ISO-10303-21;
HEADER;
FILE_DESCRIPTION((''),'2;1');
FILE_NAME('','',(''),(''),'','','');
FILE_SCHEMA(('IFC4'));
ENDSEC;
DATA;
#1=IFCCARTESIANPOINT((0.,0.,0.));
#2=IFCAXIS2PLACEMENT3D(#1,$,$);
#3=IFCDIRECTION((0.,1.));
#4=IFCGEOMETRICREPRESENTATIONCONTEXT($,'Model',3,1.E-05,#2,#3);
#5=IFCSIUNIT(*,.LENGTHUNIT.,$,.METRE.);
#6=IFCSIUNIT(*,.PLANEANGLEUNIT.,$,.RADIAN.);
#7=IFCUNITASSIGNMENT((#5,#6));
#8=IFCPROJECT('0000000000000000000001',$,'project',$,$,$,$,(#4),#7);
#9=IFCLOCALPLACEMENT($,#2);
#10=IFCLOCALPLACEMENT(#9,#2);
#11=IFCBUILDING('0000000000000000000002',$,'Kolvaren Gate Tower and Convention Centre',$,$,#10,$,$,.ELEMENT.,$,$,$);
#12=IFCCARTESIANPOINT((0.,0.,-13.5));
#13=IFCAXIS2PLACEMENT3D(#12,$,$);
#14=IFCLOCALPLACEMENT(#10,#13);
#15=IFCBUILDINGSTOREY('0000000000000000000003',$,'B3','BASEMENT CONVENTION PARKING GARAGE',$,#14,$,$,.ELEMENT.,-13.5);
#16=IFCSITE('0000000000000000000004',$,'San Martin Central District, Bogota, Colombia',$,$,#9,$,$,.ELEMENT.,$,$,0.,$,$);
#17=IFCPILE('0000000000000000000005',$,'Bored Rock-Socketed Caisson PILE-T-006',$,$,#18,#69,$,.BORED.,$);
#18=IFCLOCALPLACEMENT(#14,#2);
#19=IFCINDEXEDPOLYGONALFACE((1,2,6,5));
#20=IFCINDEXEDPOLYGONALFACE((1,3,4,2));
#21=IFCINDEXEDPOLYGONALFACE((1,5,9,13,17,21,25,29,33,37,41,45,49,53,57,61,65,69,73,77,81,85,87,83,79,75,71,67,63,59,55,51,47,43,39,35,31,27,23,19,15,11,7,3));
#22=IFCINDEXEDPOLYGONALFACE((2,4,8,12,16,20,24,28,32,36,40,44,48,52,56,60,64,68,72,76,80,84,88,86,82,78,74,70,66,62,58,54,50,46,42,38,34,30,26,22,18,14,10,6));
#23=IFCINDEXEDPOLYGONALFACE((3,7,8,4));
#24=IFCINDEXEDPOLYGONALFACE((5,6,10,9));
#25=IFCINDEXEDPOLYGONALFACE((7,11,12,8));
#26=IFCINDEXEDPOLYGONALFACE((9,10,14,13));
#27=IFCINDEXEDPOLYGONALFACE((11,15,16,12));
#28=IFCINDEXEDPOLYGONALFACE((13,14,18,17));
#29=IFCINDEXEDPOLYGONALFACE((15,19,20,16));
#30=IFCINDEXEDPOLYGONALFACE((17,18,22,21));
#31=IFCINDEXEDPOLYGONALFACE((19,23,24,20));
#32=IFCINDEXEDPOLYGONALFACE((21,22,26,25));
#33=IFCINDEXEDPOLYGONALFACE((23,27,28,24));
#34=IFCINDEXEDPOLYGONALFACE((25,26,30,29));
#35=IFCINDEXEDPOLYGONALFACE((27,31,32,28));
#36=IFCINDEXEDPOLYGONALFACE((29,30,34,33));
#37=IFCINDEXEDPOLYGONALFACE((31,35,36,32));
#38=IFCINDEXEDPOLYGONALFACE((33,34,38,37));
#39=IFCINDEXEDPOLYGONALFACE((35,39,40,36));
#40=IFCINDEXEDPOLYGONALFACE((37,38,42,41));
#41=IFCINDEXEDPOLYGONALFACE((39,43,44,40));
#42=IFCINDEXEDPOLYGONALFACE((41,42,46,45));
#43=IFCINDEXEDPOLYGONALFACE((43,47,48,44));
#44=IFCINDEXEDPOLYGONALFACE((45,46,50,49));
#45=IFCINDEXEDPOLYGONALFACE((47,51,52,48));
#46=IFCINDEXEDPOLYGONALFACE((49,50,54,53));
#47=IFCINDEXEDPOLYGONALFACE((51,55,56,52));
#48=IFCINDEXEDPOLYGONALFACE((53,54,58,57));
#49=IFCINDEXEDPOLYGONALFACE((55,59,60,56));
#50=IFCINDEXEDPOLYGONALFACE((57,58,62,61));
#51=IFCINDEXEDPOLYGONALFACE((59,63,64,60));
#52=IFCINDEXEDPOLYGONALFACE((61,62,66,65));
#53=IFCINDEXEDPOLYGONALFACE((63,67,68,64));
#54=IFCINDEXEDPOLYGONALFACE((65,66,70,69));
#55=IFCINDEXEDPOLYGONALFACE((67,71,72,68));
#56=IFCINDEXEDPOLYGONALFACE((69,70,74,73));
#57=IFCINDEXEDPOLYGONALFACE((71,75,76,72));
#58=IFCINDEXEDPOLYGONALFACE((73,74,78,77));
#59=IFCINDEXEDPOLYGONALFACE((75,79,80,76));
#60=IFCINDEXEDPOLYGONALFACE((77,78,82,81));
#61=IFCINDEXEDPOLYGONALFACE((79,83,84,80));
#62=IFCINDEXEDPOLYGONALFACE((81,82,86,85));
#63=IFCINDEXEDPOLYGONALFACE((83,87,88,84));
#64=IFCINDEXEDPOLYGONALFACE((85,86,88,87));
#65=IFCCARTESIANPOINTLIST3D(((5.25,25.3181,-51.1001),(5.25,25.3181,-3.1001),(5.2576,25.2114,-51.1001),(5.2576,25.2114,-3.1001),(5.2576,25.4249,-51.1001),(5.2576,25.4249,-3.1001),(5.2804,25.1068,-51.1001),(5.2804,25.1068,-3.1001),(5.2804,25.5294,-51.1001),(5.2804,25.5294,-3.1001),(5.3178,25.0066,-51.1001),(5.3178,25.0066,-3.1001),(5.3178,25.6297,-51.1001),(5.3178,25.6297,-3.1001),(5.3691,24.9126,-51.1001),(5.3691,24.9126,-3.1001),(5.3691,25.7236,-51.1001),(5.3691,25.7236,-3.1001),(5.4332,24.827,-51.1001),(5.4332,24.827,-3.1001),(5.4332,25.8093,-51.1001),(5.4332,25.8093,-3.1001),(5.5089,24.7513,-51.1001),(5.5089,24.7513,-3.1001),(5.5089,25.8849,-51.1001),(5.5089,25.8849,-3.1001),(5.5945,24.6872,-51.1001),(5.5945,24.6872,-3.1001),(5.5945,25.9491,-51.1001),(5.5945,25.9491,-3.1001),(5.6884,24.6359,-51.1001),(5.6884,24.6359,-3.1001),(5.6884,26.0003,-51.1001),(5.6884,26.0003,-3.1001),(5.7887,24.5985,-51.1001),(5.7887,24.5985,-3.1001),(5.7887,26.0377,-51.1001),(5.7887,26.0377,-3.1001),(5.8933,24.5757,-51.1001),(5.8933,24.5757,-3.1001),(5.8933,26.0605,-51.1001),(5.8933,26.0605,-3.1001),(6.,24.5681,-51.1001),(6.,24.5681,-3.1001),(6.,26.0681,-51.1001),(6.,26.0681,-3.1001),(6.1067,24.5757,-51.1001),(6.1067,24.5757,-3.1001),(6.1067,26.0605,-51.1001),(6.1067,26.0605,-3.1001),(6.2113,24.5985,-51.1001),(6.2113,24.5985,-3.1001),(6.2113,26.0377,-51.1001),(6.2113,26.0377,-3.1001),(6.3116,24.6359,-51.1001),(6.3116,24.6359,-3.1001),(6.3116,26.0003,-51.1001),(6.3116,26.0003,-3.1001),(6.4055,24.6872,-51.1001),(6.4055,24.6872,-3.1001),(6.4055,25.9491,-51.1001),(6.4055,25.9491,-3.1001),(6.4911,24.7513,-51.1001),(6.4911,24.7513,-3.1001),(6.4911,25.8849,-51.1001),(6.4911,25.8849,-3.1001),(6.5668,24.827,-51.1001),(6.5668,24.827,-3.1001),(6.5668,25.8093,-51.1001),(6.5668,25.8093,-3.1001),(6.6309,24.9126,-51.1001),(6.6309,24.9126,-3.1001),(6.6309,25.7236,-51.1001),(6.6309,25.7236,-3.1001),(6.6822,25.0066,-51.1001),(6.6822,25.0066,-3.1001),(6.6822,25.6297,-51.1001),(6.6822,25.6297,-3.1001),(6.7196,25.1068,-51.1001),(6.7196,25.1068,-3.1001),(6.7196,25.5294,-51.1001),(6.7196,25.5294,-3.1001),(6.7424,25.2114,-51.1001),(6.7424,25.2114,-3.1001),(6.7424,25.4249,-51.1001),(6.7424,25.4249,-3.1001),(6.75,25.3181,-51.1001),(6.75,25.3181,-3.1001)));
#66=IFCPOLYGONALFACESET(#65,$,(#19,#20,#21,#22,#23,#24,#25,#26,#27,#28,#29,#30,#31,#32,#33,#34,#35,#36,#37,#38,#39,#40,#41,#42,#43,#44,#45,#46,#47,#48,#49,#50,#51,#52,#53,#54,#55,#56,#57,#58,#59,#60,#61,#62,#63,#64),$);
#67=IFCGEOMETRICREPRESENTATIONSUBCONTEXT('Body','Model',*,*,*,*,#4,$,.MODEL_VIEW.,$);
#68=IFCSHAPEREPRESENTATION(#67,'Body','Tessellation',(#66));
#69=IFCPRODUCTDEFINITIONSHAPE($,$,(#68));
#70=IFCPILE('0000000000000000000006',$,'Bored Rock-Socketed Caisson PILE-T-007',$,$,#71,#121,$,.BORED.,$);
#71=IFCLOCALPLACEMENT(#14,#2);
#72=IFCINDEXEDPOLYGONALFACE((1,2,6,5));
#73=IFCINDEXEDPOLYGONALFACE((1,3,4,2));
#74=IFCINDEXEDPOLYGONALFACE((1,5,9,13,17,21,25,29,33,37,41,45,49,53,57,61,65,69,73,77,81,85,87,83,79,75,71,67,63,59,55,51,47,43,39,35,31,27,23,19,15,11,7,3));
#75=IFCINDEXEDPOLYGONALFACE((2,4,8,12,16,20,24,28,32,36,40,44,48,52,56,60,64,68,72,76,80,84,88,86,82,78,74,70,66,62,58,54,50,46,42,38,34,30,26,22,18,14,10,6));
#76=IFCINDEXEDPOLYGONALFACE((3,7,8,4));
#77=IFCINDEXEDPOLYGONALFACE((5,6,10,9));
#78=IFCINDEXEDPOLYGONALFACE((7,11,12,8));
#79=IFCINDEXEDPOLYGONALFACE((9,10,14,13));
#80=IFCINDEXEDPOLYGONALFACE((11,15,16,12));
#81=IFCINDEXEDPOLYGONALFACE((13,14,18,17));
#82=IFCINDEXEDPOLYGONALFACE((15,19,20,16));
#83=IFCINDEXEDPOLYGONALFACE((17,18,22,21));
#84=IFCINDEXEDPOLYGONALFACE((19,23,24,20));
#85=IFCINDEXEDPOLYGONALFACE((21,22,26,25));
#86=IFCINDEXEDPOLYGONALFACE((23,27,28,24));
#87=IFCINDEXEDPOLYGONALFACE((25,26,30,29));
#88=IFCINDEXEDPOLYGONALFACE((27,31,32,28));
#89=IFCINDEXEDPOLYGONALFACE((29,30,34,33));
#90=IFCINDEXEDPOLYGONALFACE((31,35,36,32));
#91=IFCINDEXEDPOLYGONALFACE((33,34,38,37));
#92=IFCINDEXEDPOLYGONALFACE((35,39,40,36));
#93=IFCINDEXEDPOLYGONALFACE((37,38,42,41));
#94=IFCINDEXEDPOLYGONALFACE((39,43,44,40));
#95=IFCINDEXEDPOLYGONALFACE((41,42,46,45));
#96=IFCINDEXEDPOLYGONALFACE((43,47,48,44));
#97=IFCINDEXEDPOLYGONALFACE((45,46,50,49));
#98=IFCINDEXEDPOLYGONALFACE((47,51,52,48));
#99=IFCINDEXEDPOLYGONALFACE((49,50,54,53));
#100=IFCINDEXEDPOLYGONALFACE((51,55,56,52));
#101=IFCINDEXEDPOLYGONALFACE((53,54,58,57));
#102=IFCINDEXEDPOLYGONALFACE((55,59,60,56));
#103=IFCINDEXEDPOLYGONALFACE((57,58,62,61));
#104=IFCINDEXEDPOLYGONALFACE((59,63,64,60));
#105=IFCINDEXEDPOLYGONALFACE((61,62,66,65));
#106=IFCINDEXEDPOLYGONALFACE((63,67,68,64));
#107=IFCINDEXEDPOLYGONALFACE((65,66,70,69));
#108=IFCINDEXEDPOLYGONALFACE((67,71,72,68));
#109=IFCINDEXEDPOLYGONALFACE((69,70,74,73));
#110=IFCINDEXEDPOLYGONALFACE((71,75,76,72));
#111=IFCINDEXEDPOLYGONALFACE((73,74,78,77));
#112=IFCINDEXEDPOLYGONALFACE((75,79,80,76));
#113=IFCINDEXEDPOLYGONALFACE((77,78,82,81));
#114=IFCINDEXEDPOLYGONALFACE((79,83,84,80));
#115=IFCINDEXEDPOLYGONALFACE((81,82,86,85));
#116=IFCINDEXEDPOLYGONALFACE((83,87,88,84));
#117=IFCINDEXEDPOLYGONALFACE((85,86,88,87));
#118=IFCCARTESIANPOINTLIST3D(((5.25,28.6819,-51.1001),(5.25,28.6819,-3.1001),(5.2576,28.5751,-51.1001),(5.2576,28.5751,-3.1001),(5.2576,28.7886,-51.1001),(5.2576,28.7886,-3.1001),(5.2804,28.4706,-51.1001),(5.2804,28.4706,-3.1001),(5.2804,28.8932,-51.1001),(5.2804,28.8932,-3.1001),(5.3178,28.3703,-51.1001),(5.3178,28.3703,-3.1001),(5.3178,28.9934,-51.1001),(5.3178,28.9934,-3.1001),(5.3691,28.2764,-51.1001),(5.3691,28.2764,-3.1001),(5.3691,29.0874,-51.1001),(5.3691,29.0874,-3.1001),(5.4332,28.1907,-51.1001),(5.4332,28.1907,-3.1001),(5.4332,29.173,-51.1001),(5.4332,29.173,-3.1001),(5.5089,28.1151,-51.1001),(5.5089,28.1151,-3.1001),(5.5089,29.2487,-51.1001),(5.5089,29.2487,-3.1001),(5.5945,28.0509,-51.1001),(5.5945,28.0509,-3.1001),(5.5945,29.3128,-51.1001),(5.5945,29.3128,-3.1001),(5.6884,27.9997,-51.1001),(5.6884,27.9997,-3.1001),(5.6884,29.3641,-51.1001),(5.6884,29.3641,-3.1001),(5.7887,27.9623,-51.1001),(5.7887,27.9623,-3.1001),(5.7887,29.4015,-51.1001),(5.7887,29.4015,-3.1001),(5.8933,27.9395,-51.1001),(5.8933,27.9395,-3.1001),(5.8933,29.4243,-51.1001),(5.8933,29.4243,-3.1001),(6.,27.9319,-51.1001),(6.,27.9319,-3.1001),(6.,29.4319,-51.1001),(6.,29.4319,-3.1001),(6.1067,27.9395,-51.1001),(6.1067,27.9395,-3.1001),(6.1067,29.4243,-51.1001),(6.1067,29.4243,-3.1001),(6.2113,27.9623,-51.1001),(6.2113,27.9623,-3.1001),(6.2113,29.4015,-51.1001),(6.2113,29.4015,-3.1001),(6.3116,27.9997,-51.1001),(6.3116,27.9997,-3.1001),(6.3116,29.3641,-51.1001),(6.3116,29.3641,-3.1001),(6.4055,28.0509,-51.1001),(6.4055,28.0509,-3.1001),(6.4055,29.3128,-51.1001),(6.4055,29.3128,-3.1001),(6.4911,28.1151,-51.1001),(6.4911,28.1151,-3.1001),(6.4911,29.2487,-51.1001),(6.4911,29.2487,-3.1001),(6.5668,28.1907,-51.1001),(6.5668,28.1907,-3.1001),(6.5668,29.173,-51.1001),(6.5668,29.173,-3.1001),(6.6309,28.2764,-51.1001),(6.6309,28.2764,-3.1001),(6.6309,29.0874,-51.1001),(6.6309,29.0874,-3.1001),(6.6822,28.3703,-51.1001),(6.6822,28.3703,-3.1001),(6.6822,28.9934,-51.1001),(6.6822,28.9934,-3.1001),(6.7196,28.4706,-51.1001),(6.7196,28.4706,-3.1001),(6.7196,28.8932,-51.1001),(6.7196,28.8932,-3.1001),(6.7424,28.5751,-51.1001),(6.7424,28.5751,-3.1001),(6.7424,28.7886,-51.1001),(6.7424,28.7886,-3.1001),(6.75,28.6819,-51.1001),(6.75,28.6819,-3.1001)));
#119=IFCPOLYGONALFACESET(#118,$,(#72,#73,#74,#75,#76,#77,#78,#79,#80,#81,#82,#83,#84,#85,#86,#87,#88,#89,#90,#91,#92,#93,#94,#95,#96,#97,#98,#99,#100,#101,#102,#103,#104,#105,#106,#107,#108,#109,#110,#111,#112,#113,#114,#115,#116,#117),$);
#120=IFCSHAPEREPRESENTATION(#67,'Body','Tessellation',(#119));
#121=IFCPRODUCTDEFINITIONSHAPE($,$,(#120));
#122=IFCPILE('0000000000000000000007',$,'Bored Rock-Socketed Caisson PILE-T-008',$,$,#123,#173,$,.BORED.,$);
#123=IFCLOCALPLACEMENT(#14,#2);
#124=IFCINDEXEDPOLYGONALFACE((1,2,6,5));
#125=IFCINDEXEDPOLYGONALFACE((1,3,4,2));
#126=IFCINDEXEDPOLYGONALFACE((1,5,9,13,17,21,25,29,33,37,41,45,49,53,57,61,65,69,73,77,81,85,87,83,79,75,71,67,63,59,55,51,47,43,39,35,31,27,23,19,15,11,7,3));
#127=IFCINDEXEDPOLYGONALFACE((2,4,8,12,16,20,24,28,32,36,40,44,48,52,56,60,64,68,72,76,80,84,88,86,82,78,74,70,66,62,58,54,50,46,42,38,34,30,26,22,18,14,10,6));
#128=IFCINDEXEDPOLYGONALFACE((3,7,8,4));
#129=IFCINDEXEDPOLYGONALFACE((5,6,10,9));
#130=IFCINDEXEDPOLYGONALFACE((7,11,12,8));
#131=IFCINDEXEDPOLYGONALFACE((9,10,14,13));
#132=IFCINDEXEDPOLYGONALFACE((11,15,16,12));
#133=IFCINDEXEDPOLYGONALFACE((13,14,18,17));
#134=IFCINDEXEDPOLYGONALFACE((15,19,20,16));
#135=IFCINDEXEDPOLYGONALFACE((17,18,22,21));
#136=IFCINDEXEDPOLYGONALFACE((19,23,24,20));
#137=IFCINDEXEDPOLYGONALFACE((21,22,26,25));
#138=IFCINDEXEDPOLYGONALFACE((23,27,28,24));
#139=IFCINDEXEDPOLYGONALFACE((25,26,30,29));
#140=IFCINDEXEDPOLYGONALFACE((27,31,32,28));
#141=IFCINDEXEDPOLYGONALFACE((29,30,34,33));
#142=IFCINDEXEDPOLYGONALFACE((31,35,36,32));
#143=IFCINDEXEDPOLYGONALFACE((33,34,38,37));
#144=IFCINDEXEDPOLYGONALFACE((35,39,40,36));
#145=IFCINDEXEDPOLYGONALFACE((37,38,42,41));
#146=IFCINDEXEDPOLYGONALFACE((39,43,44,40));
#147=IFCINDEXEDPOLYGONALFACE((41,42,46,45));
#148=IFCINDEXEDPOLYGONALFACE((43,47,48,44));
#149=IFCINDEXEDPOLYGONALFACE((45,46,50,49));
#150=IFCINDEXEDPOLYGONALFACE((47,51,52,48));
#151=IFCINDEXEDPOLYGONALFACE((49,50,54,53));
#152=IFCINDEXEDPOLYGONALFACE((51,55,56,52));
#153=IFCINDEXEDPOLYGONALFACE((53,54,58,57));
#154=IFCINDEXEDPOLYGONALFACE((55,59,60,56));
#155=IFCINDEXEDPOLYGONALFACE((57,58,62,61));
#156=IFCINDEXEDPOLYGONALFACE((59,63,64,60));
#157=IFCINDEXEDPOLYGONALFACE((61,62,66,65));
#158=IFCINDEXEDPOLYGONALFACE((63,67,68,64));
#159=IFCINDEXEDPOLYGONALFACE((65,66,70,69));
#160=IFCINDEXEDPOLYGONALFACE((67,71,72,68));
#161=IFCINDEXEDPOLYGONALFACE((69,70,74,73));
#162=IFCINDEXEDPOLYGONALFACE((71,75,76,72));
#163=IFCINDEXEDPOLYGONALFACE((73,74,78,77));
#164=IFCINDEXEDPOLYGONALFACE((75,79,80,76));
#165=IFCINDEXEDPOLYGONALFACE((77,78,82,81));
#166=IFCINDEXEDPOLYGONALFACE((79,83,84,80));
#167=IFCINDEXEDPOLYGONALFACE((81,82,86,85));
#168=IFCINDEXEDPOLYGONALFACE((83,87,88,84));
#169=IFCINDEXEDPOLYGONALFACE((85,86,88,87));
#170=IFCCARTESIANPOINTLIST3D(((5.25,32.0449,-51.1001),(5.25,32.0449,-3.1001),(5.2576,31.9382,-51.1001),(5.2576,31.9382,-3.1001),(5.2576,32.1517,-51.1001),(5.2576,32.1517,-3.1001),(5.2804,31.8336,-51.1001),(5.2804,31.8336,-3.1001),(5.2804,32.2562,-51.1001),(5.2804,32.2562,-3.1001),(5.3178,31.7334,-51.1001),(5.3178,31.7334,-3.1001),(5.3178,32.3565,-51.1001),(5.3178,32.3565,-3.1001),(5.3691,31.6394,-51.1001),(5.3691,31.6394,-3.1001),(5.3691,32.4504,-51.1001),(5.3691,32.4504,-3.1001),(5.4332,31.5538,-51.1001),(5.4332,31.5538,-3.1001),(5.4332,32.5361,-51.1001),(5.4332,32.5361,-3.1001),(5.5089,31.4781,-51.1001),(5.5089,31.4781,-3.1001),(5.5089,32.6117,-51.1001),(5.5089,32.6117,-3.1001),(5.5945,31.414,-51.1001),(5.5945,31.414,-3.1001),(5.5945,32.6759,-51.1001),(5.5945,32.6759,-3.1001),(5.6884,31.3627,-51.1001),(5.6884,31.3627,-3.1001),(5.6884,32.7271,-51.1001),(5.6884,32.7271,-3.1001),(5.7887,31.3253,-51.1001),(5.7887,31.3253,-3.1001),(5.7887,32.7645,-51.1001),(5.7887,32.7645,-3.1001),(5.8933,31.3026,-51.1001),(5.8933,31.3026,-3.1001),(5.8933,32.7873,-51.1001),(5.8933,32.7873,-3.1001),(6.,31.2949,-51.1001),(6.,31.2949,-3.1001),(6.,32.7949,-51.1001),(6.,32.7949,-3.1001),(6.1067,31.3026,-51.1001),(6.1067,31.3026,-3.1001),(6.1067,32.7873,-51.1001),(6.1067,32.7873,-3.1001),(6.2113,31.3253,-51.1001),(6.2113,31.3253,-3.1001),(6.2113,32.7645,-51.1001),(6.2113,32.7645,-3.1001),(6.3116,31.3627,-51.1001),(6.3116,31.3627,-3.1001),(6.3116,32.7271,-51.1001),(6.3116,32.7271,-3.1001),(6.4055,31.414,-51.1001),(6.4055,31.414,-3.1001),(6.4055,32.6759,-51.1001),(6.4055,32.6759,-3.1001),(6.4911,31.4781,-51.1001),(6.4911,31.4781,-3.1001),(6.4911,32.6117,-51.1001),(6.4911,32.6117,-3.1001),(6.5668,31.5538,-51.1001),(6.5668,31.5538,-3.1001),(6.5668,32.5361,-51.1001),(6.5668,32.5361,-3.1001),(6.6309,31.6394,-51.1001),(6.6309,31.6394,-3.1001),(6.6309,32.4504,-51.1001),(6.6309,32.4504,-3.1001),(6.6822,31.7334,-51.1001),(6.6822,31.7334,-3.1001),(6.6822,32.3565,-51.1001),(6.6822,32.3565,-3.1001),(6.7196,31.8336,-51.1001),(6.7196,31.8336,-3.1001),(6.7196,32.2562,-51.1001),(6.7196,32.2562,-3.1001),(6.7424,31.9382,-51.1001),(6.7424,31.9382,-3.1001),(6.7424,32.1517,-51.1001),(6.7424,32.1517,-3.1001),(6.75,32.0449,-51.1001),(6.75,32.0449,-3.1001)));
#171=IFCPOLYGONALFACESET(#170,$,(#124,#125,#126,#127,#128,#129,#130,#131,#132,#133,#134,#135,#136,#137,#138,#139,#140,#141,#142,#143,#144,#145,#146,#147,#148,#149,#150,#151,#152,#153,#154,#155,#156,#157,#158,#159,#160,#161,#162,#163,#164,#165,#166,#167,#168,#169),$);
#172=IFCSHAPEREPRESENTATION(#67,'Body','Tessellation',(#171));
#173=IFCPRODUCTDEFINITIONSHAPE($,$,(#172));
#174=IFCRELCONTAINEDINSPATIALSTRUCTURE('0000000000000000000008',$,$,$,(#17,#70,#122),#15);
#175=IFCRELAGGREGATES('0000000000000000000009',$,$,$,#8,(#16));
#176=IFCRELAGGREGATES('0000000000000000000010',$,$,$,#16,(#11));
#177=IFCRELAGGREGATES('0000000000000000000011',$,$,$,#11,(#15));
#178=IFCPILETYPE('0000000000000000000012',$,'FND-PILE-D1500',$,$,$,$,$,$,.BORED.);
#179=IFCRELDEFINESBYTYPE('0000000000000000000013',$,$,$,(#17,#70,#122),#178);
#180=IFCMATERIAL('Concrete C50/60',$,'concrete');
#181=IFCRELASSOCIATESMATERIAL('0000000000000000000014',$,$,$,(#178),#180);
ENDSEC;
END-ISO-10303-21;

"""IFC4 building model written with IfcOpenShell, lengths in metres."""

from ifc_helpers import new_model, si_unit, direction, frame, origin, origin_2d, place, context, subcontext, project, spatial, circle, extrude, material, material_profile, profile_set, type_object, element, save


model = new_model("IFC4")

# Units and contexts
model_context = context("Model", 3, precision=1e-05, world=origin(), true_north=direction((0.0, 1.0)))
body_context = subcontext(model_context, "Body", "Model", "MODEL_VIEW")
ifc_project = project(units=[si_unit("LENGTHUNIT", "METRE"), si_unit("PLANEANGLEUNIT", "RADIAN")], contexts=[model_context])

# Site, building, storey
site_placement = place(None, origin())
site = spatial("IfcSite", under=ifc_project, at=site_placement, Name="San Martin Central District, Bogota, Colombia", CompositionType="ELEMENT", RefElevation=0.0)
building_placement = place(site_placement, origin())
building = spatial("IfcBuilding", under=site, at=building_placement, Name="Kolvaren Gate Tower and Convention Centre", CompositionType="ELEMENT")
storey_placement = place(building_placement, frame((0.0, 0.0, -13.5)))
storey = spatial("IfcBuildingStorey", under=building, at=storey_placement, Name="B3", Description="BASEMENT CONVENTION PARKING GARAGE", CompositionType="ELEMENT", Elevation=-13.5)

# Piles
ifc_material_1 = material(Name="Concrete C50/60", Category="concrete")
ifc_material_profile_1 = material_profile(ifc_material_1, circle(Radius=0.75, at=origin_2d()), Name="CAISSON-D1500")
ifc_profile_set_1 = profile_set([ifc_material_profile_1], Name="Concrete C50/60")
pile_type = type_object("IfcPileType", Name="FND-PILE-D1500", PredefinedType="BORED", material=ifc_profile_set_1)
for number, where, z_axis, x_axis, name in (
    (1, (6.0, 25.3181, -3.1001), (0.0, 0.0, -1.0), (1.0, 0.0, 0.0), "Bored Rock-Socketed Caisson PILE-T-006"),
    (2, (6.0, 28.6819, -3.1001), (0.0, 0.0, -1.0), (1.0, 0.0, 0.0), "Bored Rock-Socketed Caisson PILE-T-007"),
    (3, (6.0, 32.0449, -3.1001), (0.0, 0.0, -1.0), (1.0, 0.0, 0.0), "Bored Rock-Socketed Caisson PILE-T-008"),
):
    element("IfcPile", number, at=place(storey_placement, frame(where, z_axis=z_axis, x_axis=x_axis)), inside=storey, type_object=pile_type, Name=name, PredefinedType="BORED", context=body_context, shape_type="SweptSolid", body=[
        extrude(circle(Radius=0.75, at=origin_2d()), origin(), (0.0, 0.0, 1.0), 48.0),
    ])

save(model, "model.ifc")
